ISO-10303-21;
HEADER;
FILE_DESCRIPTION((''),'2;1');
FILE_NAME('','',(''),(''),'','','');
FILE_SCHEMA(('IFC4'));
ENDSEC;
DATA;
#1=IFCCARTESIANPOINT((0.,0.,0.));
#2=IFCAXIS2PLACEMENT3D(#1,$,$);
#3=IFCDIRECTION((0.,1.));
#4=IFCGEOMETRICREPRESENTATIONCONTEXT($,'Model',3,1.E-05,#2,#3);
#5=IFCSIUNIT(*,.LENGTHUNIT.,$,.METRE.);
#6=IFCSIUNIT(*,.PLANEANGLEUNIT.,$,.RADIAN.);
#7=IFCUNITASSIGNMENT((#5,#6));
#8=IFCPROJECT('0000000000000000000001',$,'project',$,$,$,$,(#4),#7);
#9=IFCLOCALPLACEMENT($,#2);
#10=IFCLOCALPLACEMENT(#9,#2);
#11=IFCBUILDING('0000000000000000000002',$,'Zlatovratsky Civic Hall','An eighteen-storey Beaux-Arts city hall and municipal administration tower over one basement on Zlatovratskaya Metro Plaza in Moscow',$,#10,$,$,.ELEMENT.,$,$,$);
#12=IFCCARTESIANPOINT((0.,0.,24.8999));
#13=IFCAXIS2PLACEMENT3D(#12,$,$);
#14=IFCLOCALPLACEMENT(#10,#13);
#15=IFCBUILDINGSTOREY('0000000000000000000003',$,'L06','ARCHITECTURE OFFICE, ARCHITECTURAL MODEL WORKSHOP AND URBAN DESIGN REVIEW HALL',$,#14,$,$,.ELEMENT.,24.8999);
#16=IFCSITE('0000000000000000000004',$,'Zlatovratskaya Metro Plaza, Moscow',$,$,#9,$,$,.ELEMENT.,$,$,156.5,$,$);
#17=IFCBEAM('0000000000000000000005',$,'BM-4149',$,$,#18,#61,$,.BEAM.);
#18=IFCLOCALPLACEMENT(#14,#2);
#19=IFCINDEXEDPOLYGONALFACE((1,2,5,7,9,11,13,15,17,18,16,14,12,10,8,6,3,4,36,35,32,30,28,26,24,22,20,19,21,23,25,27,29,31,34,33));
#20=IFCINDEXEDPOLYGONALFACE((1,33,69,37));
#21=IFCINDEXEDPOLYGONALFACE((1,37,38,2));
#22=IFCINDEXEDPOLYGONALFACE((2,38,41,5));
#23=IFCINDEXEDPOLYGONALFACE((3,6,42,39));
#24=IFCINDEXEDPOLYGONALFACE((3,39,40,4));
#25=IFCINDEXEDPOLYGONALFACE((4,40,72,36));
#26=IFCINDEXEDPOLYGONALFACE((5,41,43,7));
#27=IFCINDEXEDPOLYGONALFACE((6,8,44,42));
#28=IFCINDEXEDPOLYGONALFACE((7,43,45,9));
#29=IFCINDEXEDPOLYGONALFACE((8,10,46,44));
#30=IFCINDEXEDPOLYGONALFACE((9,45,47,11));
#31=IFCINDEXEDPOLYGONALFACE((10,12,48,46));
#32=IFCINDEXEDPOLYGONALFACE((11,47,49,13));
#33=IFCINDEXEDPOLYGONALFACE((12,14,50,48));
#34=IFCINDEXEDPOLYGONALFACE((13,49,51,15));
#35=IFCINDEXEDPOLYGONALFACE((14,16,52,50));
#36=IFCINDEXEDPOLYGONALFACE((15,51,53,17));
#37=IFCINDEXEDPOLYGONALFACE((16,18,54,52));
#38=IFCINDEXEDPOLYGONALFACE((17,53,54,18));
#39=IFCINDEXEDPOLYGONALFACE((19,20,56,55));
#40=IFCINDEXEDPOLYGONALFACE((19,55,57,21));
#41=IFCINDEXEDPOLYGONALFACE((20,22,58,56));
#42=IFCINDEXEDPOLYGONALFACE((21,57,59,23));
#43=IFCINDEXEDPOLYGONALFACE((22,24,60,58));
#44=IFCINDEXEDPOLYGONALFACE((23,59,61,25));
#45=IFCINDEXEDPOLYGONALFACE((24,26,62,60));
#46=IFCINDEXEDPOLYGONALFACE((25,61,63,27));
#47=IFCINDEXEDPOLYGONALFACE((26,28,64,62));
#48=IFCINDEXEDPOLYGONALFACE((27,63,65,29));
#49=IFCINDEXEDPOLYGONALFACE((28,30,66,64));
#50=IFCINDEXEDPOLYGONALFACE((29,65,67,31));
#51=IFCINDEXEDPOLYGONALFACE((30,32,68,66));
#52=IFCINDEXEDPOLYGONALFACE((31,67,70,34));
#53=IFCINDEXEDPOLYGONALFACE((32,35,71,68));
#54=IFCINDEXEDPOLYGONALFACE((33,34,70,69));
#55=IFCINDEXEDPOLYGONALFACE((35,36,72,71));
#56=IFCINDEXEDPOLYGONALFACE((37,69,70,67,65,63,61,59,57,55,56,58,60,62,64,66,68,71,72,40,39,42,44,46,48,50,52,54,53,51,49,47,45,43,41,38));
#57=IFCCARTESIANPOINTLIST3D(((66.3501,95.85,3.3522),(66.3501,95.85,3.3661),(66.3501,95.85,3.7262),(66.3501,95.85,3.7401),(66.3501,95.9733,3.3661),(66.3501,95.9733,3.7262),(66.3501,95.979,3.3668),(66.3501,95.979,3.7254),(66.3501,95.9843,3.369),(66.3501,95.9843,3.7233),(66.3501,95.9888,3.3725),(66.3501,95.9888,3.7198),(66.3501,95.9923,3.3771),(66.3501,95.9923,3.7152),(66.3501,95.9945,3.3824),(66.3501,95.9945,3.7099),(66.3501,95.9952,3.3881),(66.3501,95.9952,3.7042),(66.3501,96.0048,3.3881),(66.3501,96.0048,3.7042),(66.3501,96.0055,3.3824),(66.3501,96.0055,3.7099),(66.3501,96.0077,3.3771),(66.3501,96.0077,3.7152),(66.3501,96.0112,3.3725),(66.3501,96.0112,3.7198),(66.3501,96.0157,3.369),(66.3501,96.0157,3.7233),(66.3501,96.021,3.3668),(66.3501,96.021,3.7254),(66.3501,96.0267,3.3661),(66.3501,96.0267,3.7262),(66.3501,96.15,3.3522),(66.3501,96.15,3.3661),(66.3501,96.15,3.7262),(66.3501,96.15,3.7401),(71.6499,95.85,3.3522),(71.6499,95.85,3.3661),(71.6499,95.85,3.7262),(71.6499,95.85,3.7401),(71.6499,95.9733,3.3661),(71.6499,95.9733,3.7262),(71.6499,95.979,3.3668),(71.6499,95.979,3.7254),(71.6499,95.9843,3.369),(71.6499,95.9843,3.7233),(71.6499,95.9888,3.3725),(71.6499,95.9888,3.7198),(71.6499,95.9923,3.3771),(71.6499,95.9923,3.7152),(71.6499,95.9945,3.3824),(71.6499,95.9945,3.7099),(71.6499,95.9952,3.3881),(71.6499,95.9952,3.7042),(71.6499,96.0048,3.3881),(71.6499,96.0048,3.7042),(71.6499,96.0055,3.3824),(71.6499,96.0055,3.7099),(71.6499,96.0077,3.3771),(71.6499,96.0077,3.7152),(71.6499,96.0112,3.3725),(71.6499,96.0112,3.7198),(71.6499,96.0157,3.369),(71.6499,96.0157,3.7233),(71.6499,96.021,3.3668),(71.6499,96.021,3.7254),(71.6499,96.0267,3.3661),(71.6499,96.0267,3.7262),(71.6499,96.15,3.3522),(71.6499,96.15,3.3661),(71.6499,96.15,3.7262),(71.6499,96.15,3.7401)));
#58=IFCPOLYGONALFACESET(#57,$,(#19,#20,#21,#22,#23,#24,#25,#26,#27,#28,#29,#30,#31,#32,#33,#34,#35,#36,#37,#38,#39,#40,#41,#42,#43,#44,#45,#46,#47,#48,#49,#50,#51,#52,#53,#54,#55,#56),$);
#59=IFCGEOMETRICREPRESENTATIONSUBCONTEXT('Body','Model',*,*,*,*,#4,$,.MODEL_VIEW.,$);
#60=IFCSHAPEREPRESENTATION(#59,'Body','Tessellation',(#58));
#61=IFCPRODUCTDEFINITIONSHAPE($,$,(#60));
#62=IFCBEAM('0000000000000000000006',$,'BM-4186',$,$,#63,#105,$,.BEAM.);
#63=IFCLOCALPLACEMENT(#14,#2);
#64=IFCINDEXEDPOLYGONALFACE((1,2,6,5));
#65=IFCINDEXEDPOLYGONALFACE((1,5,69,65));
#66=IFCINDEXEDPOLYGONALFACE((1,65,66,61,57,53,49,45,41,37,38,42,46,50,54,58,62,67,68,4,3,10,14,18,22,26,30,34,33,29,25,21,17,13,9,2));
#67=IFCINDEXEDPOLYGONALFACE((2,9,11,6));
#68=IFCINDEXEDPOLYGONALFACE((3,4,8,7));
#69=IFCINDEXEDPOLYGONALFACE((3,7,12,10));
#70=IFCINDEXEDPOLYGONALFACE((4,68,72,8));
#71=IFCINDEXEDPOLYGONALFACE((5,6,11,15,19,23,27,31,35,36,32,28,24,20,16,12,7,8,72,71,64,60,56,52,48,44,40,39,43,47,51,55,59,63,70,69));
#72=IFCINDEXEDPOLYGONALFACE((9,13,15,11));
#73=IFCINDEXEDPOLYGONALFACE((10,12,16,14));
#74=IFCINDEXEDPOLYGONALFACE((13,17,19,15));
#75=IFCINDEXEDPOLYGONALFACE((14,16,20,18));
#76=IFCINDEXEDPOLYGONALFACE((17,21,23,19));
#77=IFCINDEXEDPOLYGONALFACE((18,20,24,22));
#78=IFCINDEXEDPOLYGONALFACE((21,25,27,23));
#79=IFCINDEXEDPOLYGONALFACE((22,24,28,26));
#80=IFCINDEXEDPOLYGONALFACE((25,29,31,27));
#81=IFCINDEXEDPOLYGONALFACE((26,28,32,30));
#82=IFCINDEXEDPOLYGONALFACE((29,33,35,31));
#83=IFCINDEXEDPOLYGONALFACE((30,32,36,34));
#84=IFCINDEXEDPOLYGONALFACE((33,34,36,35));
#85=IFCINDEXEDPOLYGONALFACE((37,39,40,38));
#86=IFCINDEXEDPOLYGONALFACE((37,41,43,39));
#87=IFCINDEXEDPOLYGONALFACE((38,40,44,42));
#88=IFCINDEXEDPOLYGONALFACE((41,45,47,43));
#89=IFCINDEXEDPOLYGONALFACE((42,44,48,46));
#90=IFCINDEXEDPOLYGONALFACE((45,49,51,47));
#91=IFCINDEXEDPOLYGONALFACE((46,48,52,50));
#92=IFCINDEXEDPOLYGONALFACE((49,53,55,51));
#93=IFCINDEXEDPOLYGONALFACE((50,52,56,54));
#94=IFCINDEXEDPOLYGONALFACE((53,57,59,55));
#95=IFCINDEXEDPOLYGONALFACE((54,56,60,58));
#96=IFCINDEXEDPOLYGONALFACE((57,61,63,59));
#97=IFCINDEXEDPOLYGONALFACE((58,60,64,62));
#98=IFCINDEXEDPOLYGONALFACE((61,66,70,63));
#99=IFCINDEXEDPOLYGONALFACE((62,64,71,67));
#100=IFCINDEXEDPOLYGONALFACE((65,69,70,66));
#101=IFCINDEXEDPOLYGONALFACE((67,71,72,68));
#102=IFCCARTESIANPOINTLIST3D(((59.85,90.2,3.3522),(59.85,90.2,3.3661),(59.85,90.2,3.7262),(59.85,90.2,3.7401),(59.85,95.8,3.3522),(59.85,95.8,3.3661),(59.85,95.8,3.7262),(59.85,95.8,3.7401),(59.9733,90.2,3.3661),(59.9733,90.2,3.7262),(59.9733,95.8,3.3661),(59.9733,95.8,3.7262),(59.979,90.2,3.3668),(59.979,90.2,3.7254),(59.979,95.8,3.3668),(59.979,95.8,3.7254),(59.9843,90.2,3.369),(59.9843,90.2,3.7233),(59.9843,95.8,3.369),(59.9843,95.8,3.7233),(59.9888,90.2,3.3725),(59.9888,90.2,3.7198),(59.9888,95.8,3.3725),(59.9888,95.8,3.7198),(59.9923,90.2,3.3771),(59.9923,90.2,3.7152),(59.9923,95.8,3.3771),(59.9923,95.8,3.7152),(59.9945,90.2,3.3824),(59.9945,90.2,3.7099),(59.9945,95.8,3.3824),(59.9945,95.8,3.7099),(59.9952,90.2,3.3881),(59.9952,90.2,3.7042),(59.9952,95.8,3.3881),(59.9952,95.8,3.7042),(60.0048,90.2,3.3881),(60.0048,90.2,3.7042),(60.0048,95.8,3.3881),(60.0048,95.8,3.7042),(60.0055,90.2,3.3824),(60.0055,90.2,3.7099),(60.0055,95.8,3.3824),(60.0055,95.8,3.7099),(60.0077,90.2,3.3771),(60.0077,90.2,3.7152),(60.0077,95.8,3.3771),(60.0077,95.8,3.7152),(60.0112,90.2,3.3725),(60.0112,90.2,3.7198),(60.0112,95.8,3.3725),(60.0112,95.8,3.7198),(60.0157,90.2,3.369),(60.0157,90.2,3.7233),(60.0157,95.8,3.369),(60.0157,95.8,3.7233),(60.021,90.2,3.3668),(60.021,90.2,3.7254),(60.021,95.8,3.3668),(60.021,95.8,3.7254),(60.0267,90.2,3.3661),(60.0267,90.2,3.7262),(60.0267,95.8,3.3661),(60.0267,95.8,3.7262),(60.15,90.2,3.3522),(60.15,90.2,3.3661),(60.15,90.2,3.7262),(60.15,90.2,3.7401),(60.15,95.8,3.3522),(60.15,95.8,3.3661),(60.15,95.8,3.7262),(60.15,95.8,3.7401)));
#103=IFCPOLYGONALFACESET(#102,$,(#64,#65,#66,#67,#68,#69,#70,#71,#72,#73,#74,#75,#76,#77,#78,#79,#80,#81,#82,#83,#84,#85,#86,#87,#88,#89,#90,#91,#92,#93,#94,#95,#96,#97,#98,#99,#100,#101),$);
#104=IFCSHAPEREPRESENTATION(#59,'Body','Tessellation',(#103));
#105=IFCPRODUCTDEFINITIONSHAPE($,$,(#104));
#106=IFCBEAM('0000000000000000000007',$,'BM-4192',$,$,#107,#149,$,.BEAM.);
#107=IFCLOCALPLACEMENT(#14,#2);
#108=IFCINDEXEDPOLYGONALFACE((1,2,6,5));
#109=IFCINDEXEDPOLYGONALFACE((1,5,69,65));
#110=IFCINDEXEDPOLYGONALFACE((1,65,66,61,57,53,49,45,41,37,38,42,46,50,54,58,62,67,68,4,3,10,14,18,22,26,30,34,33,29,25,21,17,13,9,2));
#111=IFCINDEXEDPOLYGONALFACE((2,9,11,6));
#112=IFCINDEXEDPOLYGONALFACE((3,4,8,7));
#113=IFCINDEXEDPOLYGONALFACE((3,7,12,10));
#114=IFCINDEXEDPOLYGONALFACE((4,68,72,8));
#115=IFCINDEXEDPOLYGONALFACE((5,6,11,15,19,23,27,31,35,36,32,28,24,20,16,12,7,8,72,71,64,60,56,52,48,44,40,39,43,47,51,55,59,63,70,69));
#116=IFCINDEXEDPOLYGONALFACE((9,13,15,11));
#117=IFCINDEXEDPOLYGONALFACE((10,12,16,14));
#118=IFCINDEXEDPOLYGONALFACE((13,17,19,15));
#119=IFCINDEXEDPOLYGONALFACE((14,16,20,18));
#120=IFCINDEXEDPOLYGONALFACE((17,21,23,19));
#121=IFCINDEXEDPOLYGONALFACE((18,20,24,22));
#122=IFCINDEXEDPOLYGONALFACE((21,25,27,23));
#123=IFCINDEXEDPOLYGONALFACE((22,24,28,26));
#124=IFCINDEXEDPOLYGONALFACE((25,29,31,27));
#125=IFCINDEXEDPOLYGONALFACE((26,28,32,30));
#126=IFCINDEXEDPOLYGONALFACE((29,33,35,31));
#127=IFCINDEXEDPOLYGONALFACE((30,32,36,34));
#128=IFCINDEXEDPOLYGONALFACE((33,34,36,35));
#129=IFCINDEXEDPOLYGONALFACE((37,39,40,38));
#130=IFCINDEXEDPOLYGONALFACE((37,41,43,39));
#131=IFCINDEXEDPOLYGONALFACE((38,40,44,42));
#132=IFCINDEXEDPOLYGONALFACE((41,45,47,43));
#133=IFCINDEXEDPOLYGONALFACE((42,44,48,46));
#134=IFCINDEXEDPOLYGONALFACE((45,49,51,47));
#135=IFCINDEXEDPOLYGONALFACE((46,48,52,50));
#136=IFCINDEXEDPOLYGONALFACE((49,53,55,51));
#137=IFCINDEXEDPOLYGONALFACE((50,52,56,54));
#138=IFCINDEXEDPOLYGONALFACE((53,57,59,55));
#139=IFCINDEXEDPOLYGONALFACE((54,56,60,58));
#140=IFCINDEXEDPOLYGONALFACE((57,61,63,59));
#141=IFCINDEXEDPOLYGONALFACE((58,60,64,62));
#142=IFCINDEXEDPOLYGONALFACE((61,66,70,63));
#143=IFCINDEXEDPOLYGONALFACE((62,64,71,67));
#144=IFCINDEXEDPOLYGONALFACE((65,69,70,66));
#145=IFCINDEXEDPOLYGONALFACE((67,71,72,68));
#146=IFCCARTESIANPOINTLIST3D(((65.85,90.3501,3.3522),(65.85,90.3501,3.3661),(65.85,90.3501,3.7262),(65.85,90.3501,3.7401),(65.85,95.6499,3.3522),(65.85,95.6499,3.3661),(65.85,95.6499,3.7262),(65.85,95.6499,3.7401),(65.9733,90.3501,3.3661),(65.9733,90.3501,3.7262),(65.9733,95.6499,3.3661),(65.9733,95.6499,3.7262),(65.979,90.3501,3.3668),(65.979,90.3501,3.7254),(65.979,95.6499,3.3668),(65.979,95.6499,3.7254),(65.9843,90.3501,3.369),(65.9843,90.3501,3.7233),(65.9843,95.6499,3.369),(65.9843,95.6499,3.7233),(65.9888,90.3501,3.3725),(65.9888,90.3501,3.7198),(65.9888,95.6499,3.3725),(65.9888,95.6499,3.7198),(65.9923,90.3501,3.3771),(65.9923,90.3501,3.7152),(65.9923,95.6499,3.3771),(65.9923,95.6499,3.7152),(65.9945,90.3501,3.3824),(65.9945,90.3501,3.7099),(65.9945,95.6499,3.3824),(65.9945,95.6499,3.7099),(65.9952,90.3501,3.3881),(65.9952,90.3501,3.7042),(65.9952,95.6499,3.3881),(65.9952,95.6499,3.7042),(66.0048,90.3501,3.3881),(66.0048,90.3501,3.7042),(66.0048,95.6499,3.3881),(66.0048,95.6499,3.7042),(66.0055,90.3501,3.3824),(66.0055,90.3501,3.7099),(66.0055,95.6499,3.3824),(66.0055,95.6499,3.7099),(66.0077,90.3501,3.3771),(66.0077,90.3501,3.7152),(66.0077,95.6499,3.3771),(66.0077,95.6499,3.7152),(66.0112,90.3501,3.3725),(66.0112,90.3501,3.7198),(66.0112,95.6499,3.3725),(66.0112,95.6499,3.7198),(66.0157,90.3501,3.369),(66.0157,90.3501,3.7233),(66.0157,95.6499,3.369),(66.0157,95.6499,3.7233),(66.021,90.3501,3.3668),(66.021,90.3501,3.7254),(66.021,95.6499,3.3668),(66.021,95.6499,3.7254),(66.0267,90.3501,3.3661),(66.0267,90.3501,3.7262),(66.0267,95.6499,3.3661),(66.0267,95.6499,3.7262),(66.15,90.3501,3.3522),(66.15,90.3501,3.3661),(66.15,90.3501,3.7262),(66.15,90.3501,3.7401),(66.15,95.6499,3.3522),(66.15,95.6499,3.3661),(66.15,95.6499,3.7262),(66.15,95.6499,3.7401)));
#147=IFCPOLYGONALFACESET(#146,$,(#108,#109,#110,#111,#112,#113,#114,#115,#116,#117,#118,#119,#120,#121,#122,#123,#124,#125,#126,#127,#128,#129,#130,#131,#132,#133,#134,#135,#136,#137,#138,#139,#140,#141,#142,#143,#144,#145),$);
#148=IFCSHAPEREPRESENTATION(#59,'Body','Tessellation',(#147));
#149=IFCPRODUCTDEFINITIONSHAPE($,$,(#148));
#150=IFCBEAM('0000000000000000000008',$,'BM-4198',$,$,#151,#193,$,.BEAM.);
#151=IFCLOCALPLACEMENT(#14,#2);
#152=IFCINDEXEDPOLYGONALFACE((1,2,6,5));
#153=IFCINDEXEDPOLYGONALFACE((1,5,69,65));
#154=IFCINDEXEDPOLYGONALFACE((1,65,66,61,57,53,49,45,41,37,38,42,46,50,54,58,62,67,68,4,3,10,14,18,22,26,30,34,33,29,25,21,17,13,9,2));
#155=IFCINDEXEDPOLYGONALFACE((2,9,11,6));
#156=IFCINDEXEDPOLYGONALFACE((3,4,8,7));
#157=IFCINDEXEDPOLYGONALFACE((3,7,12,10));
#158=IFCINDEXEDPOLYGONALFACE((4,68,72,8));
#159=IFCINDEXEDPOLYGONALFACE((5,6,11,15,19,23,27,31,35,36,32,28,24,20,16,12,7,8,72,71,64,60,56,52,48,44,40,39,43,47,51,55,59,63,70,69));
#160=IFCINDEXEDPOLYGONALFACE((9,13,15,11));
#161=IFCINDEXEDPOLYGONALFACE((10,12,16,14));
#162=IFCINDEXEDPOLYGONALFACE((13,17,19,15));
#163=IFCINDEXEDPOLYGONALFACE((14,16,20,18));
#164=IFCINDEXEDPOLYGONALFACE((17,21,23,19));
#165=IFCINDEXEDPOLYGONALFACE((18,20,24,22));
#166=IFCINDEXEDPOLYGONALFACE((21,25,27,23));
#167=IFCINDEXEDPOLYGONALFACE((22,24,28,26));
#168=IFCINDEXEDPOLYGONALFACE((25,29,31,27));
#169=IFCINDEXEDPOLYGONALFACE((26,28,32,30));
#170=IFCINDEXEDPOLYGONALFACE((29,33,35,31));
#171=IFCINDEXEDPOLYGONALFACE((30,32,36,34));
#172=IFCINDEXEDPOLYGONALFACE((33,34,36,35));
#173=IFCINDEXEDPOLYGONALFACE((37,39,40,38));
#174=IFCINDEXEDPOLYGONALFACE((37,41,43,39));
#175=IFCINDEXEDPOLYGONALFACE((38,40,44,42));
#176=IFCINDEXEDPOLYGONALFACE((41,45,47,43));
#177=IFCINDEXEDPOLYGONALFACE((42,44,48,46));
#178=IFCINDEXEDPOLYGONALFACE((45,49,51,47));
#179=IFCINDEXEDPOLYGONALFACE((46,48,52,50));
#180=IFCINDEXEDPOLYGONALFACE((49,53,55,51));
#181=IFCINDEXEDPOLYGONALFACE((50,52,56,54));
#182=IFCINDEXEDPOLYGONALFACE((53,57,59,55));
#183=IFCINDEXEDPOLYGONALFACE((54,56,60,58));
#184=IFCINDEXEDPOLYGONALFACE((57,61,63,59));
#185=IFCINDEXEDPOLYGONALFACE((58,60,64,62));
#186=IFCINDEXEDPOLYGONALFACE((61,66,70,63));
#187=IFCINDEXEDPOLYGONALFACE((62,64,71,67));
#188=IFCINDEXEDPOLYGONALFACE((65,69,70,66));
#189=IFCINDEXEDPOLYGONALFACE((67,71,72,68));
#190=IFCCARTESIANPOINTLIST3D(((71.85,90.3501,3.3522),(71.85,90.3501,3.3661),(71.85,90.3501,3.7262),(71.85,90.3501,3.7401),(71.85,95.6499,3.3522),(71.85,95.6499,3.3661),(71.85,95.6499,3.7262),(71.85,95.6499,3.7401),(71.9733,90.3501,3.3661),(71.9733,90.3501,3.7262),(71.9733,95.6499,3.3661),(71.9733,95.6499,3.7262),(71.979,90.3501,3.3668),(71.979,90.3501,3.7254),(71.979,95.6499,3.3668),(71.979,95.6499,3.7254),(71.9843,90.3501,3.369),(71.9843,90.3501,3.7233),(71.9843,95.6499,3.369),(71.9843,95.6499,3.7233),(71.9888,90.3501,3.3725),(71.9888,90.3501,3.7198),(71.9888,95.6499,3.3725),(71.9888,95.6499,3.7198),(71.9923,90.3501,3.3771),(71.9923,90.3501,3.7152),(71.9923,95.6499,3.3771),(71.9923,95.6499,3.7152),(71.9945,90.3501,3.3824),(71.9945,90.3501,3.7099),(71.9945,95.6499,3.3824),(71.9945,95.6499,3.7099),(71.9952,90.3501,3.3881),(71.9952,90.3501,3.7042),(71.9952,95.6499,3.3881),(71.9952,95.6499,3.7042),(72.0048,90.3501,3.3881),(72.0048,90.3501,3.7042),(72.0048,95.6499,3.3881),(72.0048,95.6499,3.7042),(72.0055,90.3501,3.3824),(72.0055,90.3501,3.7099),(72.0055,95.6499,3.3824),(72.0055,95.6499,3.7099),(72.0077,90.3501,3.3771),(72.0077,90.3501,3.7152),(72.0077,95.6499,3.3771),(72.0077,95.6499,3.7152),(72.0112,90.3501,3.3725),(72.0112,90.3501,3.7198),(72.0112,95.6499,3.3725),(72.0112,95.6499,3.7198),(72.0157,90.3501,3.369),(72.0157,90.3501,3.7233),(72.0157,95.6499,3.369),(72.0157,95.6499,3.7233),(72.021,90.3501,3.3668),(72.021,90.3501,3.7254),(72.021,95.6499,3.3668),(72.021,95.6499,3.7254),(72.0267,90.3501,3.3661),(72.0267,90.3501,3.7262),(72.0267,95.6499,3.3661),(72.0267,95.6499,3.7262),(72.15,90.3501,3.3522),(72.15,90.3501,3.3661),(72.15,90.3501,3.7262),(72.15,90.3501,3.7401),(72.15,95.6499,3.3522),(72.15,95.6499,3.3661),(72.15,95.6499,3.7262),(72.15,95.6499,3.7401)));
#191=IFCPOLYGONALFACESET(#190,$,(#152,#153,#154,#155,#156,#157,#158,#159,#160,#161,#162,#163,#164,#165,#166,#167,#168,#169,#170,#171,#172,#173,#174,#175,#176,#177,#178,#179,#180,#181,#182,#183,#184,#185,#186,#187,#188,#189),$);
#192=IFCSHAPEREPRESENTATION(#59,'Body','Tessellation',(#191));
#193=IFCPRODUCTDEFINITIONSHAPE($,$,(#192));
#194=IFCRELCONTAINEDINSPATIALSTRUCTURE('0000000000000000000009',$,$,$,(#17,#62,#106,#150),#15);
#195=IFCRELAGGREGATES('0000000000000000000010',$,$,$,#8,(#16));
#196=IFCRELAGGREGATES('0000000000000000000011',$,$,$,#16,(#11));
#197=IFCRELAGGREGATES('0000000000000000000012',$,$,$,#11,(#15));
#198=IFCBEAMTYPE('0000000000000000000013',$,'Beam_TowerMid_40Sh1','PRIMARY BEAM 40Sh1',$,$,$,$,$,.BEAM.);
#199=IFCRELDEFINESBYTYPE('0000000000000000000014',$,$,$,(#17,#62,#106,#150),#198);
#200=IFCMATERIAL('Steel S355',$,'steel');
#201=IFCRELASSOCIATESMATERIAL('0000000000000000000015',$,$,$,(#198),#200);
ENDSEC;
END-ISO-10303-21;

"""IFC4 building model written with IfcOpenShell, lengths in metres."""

from ifc_helpers import new_model, si_unit, direction, frame, origin, origin_2d, place, context, subcontext, project, spatial, i_section, extrude, material, material_profile, profile_set, type_object, element, save


model = new_model("IFC4")

# Units and contexts
model_context = context("Model", 3, precision=1e-05, world=origin(), true_north=direction((0.0, 1.0)))
body_context = subcontext(model_context, "Body", "Model", "MODEL_VIEW")
ifc_project = project(units=[si_unit("LENGTHUNIT", "METRE"), si_unit("PLANEANGLEUNIT", "RADIAN")], contexts=[model_context])

# Site, building, storey
site_placement = place(None, origin())
site = spatial("IfcSite", under=ifc_project, at=site_placement, Name="Zlatovratskaya Metro Plaza, Moscow", CompositionType="ELEMENT", RefElevation=156.5)
building_placement = place(site_placement, origin())
building = spatial("IfcBuilding", under=site, at=building_placement, Name="Zlatovratsky Civic Hall", Description="An eighteen-storey Beaux-Arts city hall and municipal administration tower over one basement on Zlatovratskaya Metro Plaza in Moscow", CompositionType="ELEMENT")
storey_placement = place(building_placement, frame((0.0, 0.0, 24.8999)))
storey = spatial("IfcBuildingStorey", under=building, at=storey_placement, Name="L06", Description="ARCHITECTURE OFFICE, ARCHITECTURAL MODEL WORKSHOP AND URBAN DESIGN REVIEW HALL", CompositionType="ELEMENT", Elevation=24.8999)

# Shared definitions
ifc_material_1 = material(Name="Steel S355", Category="steel")

# Beams
ifc_material_profile_1 = material_profile(ifc_material_1, i_section(OverallWidth=0.3, OverallDepth=0.3879, WebThickness=0.0095, FlangeThickness=0.0139, FilletRadius=0.022, at=origin_2d()), Name="40Sh1")
ifc_profile_set_1 = profile_set([ifc_material_profile_1], Name="Steel S355")
beam_type_1 = type_object("IfcBeamType", Name="Beam_TowerMid_40Sh1", Description="PRIMARY BEAM 40Sh1", PredefinedType="BEAM", material=ifc_profile_set_1)
beam_1_placement = place(storey_placement, frame((66.3501, 96.0, 3.5461), z_axis=(1.0, 0.0, 0.0), x_axis=(0.0, 1.0, 0.0)))
element("IfcBeam", 1, at=beam_1_placement, inside=storey, type_object=beam_type_1, Name="BM-4149", PredefinedType="BEAM", context=body_context, shape_type="SweptSolid", body=[
    extrude(i_section(OverallWidth=0.3, OverallDepth=0.3879, WebThickness=0.0095, FlangeThickness=0.0139, FilletRadius=0.022, at=origin_2d()), origin(), (0.0, 0.0, 1.0), 5.2998),
])
beam_2_placement = place(storey_placement, frame((60.0, 90.2, 3.5461), z_axis=(0.0, 1.0, 0.0), x_axis=(-1.0, 0.0, 0.0)))
element("IfcBeam", 2, at=beam_2_placement, inside=storey, type_object=beam_type_1, Name="BM-4186", PredefinedType="BEAM", context=body_context, shape_type="SweptSolid", body=[
    extrude(i_section(OverallWidth=0.3, OverallDepth=0.3879, WebThickness=0.0095, FlangeThickness=0.0139, FilletRadius=0.022, at=origin_2d()), origin(), (0.0, 0.0, 1.0), 5.6001),
])
for number, where, z_axis, x_axis, name in (
    (3, (66.0, 90.3501, 3.5461), (0.0, 1.0, 0.0), (-1.0, 0.0, 0.0), "BM-4192"),
    (4, (72.0, 90.3501, 3.5461), (0.0, 1.0, 0.0), (-1.0, 0.0, 0.0), "BM-4198"),
):
    element("IfcBeam", number, at=place(storey_placement, frame(where, z_axis=z_axis, x_axis=x_axis)), inside=storey, type_object=beam_type_1, Name=name, PredefinedType="BEAM", context=body_context, shape_type="SweptSolid", body=[
        extrude(i_section(OverallWidth=0.3, OverallDepth=0.3879, WebThickness=0.0095, FlangeThickness=0.0139, FilletRadius=0.022, at=origin_2d()), origin(), (0.0, 0.0, 1.0), 5.2998),
    ])

save(model, "model.ifc")
